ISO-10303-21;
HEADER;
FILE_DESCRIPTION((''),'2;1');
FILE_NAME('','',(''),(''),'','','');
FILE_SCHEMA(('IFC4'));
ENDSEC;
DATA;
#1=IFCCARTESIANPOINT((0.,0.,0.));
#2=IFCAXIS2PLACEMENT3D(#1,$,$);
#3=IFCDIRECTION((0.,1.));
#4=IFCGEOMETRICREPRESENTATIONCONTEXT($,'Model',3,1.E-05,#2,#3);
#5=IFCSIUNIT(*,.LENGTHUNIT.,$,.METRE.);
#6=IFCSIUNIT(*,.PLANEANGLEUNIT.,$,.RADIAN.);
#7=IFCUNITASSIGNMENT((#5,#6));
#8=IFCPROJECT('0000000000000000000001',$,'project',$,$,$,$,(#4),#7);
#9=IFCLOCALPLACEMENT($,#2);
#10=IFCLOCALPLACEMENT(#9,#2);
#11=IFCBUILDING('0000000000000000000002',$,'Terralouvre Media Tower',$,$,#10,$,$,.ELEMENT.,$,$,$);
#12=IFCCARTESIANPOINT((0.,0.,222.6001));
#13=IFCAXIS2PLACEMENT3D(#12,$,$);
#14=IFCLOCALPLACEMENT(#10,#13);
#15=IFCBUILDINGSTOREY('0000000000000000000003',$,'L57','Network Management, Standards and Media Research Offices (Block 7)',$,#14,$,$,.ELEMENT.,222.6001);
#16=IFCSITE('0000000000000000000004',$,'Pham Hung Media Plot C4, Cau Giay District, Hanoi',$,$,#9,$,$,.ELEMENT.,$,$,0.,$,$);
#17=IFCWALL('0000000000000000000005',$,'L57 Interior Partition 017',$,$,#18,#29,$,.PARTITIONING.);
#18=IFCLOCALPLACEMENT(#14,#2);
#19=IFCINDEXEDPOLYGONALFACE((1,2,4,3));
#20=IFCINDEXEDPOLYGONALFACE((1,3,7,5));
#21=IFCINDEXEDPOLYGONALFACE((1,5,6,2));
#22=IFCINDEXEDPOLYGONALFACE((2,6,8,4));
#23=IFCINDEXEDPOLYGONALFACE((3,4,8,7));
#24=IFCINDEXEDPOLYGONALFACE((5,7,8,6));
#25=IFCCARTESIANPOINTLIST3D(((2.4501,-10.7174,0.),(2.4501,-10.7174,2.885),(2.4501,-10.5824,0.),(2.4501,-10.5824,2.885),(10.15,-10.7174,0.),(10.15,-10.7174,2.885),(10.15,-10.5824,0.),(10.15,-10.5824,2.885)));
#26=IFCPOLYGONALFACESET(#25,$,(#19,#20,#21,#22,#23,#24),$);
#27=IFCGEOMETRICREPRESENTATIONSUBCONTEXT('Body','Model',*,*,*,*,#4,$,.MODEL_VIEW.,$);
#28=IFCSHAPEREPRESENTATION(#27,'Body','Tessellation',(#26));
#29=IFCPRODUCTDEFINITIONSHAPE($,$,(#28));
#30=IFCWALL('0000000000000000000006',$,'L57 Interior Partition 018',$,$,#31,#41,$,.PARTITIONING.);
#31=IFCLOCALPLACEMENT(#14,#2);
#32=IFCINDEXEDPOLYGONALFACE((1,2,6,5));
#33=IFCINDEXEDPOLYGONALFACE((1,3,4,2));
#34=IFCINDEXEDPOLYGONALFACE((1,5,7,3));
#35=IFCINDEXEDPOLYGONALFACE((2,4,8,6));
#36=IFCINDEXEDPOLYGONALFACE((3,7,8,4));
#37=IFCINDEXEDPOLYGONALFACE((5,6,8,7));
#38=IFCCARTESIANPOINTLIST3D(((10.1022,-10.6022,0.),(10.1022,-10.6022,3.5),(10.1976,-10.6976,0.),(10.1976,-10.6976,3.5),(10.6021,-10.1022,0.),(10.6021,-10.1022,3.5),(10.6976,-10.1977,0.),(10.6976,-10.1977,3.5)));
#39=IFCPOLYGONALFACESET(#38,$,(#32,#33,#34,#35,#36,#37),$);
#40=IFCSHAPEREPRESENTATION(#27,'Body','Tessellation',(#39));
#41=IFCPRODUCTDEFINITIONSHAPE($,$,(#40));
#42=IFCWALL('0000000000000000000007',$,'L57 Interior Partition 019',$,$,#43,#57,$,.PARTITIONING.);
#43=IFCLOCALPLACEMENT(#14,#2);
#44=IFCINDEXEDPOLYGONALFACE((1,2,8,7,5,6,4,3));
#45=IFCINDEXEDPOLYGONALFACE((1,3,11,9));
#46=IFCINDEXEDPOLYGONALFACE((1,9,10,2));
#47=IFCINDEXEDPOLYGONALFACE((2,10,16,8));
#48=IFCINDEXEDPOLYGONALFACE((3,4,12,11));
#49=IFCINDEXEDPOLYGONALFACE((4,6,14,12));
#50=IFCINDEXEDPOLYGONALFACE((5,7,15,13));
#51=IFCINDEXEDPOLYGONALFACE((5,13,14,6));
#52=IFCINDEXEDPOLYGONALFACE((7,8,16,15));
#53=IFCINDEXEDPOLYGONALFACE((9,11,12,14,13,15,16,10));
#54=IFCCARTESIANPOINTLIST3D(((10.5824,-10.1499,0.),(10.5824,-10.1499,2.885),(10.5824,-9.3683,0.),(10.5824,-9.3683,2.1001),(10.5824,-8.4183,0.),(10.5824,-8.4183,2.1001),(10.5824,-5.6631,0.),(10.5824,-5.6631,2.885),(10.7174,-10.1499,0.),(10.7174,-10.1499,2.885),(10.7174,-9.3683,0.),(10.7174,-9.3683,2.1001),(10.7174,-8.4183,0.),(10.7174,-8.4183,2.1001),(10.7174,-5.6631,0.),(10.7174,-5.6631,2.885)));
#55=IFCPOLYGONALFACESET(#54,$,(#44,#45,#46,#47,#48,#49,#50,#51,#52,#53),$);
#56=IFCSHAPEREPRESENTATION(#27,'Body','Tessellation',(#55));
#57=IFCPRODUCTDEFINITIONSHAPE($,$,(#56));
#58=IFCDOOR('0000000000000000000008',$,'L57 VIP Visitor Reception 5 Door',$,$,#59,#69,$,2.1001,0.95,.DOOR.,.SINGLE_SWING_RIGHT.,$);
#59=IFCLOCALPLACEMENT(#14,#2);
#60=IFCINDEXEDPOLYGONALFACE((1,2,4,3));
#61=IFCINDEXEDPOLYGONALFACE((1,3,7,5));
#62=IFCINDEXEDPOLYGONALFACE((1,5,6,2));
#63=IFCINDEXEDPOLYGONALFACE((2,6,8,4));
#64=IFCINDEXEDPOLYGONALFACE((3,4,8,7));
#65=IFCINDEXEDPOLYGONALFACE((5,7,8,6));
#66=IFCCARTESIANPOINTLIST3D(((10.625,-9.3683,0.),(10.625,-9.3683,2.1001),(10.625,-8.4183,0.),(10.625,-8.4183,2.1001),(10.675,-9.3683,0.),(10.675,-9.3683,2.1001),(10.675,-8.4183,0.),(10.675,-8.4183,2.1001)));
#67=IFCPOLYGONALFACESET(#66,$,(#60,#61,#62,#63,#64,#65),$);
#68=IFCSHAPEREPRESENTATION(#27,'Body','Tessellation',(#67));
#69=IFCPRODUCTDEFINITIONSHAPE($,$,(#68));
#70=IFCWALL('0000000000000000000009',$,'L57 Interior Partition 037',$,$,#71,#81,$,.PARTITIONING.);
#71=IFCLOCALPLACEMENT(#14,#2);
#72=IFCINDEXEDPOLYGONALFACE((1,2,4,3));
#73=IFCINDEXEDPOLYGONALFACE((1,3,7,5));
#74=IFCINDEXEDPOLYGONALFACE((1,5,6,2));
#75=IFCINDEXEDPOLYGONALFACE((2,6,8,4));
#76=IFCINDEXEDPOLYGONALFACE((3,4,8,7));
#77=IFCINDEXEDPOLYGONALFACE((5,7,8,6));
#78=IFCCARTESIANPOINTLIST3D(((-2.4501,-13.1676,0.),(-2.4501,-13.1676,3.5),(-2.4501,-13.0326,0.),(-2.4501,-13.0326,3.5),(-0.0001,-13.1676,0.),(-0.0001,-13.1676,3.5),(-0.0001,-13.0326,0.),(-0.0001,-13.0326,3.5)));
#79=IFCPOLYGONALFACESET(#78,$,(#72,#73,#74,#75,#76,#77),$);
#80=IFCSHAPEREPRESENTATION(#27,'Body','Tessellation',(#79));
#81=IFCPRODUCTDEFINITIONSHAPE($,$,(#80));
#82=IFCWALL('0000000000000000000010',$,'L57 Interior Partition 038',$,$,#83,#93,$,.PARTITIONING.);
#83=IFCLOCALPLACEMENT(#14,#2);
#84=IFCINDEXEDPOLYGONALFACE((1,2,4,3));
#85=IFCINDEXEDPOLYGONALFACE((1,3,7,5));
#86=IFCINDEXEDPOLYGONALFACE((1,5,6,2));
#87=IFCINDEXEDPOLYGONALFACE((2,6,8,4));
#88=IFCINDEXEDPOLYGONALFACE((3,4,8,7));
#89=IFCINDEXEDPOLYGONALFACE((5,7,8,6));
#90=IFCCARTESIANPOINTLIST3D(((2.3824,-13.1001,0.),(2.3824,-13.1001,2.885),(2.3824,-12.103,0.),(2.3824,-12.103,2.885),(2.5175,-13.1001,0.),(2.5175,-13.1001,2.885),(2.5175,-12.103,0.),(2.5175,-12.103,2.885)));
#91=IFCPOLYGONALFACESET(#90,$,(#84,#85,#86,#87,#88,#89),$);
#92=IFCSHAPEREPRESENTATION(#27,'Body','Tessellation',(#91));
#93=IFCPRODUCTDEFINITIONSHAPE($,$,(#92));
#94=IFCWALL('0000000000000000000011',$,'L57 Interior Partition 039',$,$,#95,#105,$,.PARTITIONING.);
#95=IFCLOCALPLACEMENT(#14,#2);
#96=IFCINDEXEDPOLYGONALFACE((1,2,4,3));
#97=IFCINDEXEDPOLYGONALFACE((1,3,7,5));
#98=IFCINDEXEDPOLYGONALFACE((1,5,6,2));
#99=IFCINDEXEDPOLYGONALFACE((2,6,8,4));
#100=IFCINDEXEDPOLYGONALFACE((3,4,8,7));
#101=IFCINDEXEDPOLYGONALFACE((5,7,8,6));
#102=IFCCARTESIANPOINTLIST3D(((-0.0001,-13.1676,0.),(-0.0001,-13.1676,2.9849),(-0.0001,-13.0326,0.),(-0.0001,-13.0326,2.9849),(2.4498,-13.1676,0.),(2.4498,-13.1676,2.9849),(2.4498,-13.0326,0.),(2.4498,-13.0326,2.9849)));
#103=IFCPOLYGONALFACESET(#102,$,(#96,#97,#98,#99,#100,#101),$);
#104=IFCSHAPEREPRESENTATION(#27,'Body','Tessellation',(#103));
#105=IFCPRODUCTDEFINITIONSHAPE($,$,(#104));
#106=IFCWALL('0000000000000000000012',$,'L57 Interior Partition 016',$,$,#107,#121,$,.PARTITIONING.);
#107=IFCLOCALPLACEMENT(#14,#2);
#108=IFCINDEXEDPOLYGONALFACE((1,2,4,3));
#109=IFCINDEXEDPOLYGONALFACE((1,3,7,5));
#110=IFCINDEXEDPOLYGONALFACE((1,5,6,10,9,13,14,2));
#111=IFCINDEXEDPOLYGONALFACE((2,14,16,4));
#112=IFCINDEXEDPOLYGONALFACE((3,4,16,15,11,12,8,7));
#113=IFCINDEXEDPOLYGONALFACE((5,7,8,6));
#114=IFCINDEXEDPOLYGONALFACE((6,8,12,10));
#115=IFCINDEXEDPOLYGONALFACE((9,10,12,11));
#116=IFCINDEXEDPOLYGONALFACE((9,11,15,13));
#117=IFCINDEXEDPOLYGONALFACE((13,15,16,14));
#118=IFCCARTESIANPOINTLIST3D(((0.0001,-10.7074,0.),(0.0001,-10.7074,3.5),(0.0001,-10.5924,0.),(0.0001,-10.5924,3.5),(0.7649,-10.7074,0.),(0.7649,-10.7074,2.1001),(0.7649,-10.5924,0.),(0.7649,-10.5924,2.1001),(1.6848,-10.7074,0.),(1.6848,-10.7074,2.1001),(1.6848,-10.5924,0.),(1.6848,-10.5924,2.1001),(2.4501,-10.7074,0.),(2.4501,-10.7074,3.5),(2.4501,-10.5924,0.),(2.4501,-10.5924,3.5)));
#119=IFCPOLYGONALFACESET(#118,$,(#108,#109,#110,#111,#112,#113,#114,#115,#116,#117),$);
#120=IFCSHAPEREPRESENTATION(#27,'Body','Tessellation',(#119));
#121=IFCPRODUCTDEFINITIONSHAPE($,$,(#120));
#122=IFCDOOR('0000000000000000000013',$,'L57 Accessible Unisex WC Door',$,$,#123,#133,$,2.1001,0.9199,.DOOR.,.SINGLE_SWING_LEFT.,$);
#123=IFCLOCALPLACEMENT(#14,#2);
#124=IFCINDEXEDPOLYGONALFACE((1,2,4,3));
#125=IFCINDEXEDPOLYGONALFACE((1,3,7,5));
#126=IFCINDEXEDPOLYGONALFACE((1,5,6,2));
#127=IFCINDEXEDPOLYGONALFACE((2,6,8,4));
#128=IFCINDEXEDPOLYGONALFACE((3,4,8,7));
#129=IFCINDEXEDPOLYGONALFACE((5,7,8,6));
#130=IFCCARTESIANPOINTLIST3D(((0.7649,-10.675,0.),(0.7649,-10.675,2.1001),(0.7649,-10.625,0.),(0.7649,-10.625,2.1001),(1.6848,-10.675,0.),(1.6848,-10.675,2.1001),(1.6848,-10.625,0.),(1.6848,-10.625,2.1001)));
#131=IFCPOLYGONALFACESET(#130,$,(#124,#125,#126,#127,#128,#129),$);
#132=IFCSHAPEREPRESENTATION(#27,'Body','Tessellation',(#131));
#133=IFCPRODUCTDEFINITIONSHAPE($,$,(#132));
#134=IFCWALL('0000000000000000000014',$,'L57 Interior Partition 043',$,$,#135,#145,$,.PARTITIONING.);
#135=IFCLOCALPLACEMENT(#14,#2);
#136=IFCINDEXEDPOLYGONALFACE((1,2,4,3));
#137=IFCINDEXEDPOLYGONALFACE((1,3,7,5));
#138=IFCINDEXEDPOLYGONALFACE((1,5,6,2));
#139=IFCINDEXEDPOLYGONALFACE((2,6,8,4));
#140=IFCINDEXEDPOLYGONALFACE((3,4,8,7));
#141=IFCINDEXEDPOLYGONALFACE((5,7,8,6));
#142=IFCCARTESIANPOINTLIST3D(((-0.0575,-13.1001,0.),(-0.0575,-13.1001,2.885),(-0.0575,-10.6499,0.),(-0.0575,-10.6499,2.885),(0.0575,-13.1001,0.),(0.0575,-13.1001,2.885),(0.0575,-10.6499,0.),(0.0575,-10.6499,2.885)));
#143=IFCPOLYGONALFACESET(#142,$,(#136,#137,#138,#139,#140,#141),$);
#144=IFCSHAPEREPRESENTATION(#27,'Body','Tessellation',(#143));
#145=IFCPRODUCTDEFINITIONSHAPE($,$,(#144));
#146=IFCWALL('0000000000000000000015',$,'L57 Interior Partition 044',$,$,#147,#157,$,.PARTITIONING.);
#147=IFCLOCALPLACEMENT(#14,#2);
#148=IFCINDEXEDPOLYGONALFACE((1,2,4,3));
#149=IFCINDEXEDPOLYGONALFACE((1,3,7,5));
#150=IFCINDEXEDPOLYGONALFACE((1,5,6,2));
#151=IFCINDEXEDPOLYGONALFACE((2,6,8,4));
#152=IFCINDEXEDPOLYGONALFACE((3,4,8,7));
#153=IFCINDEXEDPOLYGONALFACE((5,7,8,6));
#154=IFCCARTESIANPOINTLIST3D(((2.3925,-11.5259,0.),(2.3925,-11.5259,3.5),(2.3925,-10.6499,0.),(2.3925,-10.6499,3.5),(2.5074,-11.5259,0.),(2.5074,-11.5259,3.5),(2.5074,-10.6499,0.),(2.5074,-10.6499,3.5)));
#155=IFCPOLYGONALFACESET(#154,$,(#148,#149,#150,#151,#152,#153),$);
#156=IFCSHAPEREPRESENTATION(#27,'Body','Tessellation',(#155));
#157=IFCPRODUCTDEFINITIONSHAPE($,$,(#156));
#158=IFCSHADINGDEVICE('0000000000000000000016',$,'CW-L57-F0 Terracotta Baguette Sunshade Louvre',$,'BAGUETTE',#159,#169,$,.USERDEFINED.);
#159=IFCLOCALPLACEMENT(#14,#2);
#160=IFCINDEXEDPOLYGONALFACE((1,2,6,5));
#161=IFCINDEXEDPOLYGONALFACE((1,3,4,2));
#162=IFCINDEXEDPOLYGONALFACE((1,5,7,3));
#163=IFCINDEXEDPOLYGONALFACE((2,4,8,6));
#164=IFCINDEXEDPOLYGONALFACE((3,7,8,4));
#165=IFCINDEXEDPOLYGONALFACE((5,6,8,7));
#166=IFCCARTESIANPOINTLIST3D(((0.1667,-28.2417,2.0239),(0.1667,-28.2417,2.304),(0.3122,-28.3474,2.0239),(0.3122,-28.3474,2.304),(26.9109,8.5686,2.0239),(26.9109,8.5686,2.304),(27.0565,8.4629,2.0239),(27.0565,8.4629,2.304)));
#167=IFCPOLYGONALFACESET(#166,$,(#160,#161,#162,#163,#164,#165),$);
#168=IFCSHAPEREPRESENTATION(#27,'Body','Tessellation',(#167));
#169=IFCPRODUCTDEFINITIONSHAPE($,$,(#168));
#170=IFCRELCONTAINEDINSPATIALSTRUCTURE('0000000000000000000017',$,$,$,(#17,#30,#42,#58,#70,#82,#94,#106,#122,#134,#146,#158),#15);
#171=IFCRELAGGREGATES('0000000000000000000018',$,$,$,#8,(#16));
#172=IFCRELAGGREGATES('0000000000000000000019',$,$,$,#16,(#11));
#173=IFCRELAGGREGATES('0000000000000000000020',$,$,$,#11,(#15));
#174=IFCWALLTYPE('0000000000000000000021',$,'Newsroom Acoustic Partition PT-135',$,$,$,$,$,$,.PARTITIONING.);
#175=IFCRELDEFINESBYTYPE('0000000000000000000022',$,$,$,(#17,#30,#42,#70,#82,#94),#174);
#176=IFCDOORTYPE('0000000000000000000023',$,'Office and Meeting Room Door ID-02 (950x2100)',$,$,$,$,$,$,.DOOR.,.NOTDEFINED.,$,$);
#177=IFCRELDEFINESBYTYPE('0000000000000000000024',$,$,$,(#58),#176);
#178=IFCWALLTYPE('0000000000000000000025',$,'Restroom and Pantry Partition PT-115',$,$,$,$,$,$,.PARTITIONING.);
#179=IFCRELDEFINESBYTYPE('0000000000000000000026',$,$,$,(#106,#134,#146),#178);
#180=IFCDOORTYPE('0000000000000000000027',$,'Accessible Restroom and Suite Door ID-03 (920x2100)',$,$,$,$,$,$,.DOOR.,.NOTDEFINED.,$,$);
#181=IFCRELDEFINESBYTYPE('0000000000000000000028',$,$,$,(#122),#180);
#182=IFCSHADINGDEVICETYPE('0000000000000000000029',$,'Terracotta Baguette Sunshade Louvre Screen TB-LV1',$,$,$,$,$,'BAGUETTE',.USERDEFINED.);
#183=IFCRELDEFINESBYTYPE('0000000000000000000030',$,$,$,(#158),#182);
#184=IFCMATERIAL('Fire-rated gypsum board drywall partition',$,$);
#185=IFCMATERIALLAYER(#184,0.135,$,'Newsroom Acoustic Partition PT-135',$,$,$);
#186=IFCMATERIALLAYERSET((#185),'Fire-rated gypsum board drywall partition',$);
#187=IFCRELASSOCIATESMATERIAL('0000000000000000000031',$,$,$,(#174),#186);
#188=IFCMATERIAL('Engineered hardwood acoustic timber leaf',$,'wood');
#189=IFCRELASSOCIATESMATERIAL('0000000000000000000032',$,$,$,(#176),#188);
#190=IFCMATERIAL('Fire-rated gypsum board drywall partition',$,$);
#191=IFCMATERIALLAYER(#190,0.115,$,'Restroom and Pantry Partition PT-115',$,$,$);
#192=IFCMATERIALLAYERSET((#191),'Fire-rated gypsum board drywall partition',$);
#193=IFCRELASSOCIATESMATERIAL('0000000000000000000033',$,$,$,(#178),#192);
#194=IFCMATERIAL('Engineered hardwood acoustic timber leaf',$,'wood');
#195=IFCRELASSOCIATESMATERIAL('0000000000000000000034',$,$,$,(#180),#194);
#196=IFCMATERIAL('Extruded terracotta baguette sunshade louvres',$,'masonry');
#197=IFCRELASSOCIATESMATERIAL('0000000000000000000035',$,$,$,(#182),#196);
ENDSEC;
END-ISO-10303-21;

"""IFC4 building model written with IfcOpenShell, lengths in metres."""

from ifc_helpers import new_model, si_unit, direction, frame, frame_2d, origin, origin_2d, place, context, subcontext, project, spatial, rectangle, extrude, material, layer, layer_set, type_object, element, fill, save


model = new_model("IFC4")

# Units and contexts
model_context = context("Model", 3, precision=1e-05, world=origin(), true_north=direction((0.0, 1.0)))
body_context = subcontext(model_context, "Body", "Model", "MODEL_VIEW")
ifc_project = project(units=[si_unit("LENGTHUNIT", "METRE"), si_unit("PLANEANGLEUNIT", "RADIAN")], contexts=[model_context])

# Site, building, storey
site_placement = place(None, origin())
site = spatial("IfcSite", under=ifc_project, at=site_placement, Name="Pham Hung Media Plot C4, Cau Giay District, Hanoi", CompositionType="ELEMENT", RefElevation=0.0)
building_placement = place(site_placement, origin())
building = spatial("IfcBuilding", under=site, at=building_placement, Name="Terralouvre Media Tower", CompositionType="ELEMENT")
storey_placement = place(building_placement, frame((0.0, 0.0, 222.6001)))
storey = spatial("IfcBuildingStorey", under=building, at=storey_placement, Name="L57", Description="Network Management, Standards and Media Research Offices (Block 7)", CompositionType="ELEMENT", Elevation=222.6001)

# Walls
ifc_material_1 = material(Name="Fire-rated gypsum board drywall partition")
ifc_layer_1 = layer(ifc_material_1, 0.135, Name="Newsroom Acoustic Partition PT-135")
ifc_layer_set_1 = layer_set([ifc_layer_1], Name="Fire-rated gypsum board drywall partition")
wall_type_1 = type_object("IfcWallType", Name="Newsroom Acoustic Partition PT-135", PredefinedType="PARTITIONING", material=ifc_layer_set_1)
wall_1_placement = place(storey_placement, frame((2.45, -10.6499, 0.0), z_axis=(0.0, 0.0, 1.0), x_axis=(1.0, 0.0, 0.0)))
element("IfcWall", 1, at=wall_1_placement, inside=storey, type_object=wall_type_1, Name="L57 Interior Partition 017", PredefinedType="PARTITIONING", context=body_context, shape_type="SweptSolid", body=[
    extrude(rectangle(XDim=7.7, YDim=0.135, at=frame_2d((3.8501, 0.0))), origin(), (0.0, 0.0, 1.0), 2.885),
])
wall_2_placement = place(storey_placement, frame((10.1499, -10.6499, 0.0), z_axis=(0.0, 0.0, 1.0), x_axis=(0.707107, 0.707107, 0.0)))
element("IfcWall", 2, at=wall_2_placement, inside=storey, type_object=wall_type_1, Name="L57 Interior Partition 018", PredefinedType="PARTITIONING", context=body_context, shape_type="SweptSolid", body=[
    extrude(rectangle(XDim=0.707, YDim=0.135, at=frame_2d((0.3535, 0.0))), origin(), (0.0, 0.0, 1.0), 3.5),
])

# Wall, opening, door
wall_3_placement = place(storey_placement, frame((10.6499, -10.1499, 0.0), z_axis=(0.0, 0.0, 1.0), x_axis=(0.0, 1.0, 0.0)))
wall_3 = element("IfcWall", 3, at=wall_3_placement, inside=storey, type_object=wall_type_1, Name="L57 Interior Partition 019", PredefinedType="PARTITIONING", context=body_context, shape_type="SweptSolid", body=[
    extrude(rectangle(XDim=4.4868, YDim=0.135, at=frame_2d((2.2434, 0.0))), origin(), (0.0, 0.0, 1.0), 2.885),
])
opening_1_placement = place(wall_3_placement, frame((0.7815, 0.0, 0.0)))
opening_1 = element("IfcOpeningElement", 4, at=opening_1_placement, cuts=wall_3, PredefinedType="OPENING", context=body_context, shape_type="SweptSolid", body=[
    extrude(rectangle(XDim=0.95, YDim=2.1001, at=frame_2d((0.4751, 1.05))), frame((0.0, 0.0774, 0.0), z_axis=(0.0, -1.0, 0.0), x_axis=(1.0, 0.0, 0.0)), (0.0, 0.0, 1.0), 0.155),
])
ifc_material_2 = material(Name="Engineered hardwood acoustic timber leaf", Category="wood")
door_type_1 = type_object("IfcDoorType", Name="Office and Meeting Room Door ID-02 (950x2100)", OperationType="NOTDEFINED", PredefinedType="DOOR", material=ifc_material_2)
door_1_placement = place(opening_1_placement, origin())
door_1 = element("IfcDoor", 5, at=door_1_placement, inside=storey, type_object=door_type_1, Name="L57 VIP Visitor Reception 5 Door", OperationType="SINGLE_SWING_RIGHT", OverallHeight=2.1001, OverallWidth=0.95, PredefinedType="DOOR", context=body_context, shape_type="SweptSolid", body=[
    extrude(rectangle(XDim=0.95, YDim=2.1001, at=frame_2d((0.4751, 1.05))), frame((0.0, 0.0249, 0.0), z_axis=(0.0, -1.0, 0.0), x_axis=(1.0, 0.0, 0.0)), (0.0, 0.0, 1.0), 0.05),
])
fill(opening_1, door_1)

# Walls
wall_4_placement = place(storey_placement, frame((0.0, -13.1001, 0.0), z_axis=(0.0, 0.0, 1.0), x_axis=(-1.0, 0.0, 0.0)))
element("IfcWall", 6, at=wall_4_placement, inside=storey, type_object=wall_type_1, Name="L57 Interior Partition 037", PredefinedType="PARTITIONING", context=body_context, shape_type="SweptSolid", body=[
    extrude(rectangle(XDim=2.45, YDim=0.135, at=frame_2d((1.2251, 0.0))), origin(), (0.0, 0.0, 1.0), 3.5),
])
wall_5_placement = place(storey_placement, frame((2.45, -12.103, 0.0), z_axis=(0.0, 0.0, 1.0), x_axis=(0.0, -1.0, 0.0)))
element("IfcWall", 7, at=wall_5_placement, inside=storey, type_object=wall_type_1, Name="L57 Interior Partition 038", PredefinedType="PARTITIONING", context=body_context, shape_type="SweptSolid", body=[
    extrude(rectangle(XDim=0.9971, YDim=0.135, at=frame_2d((0.4985, 0.0))), origin(), (0.0, 0.0, 1.0), 2.885),
])
wall_6_placement = place(storey_placement, frame((2.45, -13.1001, 0.0), z_axis=(0.0, 0.0, 1.0), x_axis=(-1.0, 0.0, 0.0)))
element("IfcWall", 8, at=wall_6_placement, inside=storey, type_object=wall_type_1, Name="L57 Interior Partition 039", PredefinedType="PARTITIONING", context=body_context, shape_type="SweptSolid", body=[
    extrude(rectangle(XDim=2.45, YDim=0.135, at=frame_2d((1.2251, 0.0))), origin(), (0.0, 0.0, 1.0), 2.9849),
])

# Wall, opening, door
ifc_material_3 = material(Name="Fire-rated gypsum board drywall partition")
ifc_layer_2 = layer(ifc_material_3, 0.115, Name="Restroom and Pantry Partition PT-115")
ifc_layer_set_2 = layer_set([ifc_layer_2], Name="Fire-rated gypsum board drywall partition")
wall_type_2 = type_object("IfcWallType", Name="Restroom and Pantry Partition PT-115", PredefinedType="PARTITIONING", material=ifc_layer_set_2)
wall_7_placement = place(storey_placement, frame((0.0, -10.6499, 0.0), z_axis=(0.0, 0.0, 1.0), x_axis=(1.0, 0.0, 0.0)))
wall_7 = element("IfcWall", 9, at=wall_7_placement, inside=storey, type_object=wall_type_2, Name="L57 Interior Partition 016", PredefinedType="PARTITIONING", context=body_context, shape_type="SweptSolid", body=[
    extrude(rectangle(XDim=2.45, YDim=0.115, at=frame_2d((1.2251, 0.0))), origin(), (0.0, 0.0, 1.0), 3.5),
])
opening_2_placement = place(wall_7_placement, frame((0.7649, 0.0, 0.0)))
opening_2 = element("IfcOpeningElement", 10, at=opening_2_placement, cuts=wall_7, PredefinedType="OPENING", context=body_context, shape_type="SweptSolid", body=[
    extrude(rectangle(XDim=0.9199, YDim=2.1001, at=frame_2d((0.46, 1.05))), frame((0.0, 0.0674, 0.0), z_axis=(0.0, -1.0, 0.0), x_axis=(1.0, 0.0, 0.0)), (0.0, 0.0, 1.0), 0.135),
])
ifc_material_4 = material(Name="Engineered hardwood acoustic timber leaf", Category="wood")
door_type_2 = type_object("IfcDoorType", Name="Accessible Restroom and Suite Door ID-03 (920x2100)", OperationType="NOTDEFINED", PredefinedType="DOOR", material=ifc_material_4)
door_2_placement = place(opening_2_placement, origin())
door_2 = element("IfcDoor", 11, at=door_2_placement, inside=storey, type_object=door_type_2, Name="L57 Accessible Unisex WC Door", OperationType="SINGLE_SWING_LEFT", OverallHeight=2.1001, OverallWidth=0.9199, PredefinedType="DOOR", context=body_context, shape_type="SweptSolid", body=[
    extrude(rectangle(XDim=0.9199, YDim=2.1001, at=frame_2d((0.46, 1.05))), frame((0.0, 0.0249, 0.0), z_axis=(0.0, -1.0, 0.0), x_axis=(1.0, 0.0, 0.0)), (0.0, 0.0, 1.0), 0.05),
])
fill(opening_2, door_2)

# Walls
wall_8_placement = place(storey_placement, frame((0.0, -13.1001, 0.0), z_axis=(0.0, 0.0, 1.0), x_axis=(0.0, 1.0, 0.0)))
element("IfcWall", 12, at=wall_8_placement, inside=storey, type_object=wall_type_2, Name="L57 Interior Partition 043", PredefinedType="PARTITIONING", context=body_context, shape_type="SweptSolid", body=[
    extrude(rectangle(XDim=2.4502, YDim=0.115, at=frame_2d((1.2251, 0.0))), origin(), (0.0, 0.0, 1.0), 2.885),
])
wall_9_placement = place(storey_placement, frame((2.45, -11.5259, 0.0), z_axis=(0.0, 0.0, 1.0), x_axis=(0.0, 1.0, 0.0)))
element("IfcWall", 13, at=wall_9_placement, inside=storey, type_object=wall_type_2, Name="L57 Interior Partition 044", PredefinedType="PARTITIONING", context=body_context, shape_type="SweptSolid", body=[
    extrude(rectangle(XDim=0.876, YDim=0.115, at=frame_2d((0.438, 0.0))), origin(), (0.0, 0.0, 1.0), 3.5),
])

# Shading device
ifc_material_5 = material(Name="Extruded terracotta baguette sunshade louvres", Category="masonry")
shading_device_type = type_object("IfcShadingDeviceType", Name="Terracotta Baguette Sunshade Louvre Screen TB-LV1", ElementType="BAGUETTE", PredefinedType="USERDEFINED", material=ifc_material_5)
shading_device_placement = place(storey_placement, frame((13.6116, -9.8894, 2.0239), z_axis=(0.0, 0.0, 1.0), x_axis=(0.587785, 0.809017, 0.0)))
element("IfcShadingDevice", 14, at=shading_device_placement, inside=storey, type_object=shading_device_type, Name="CW-L57-F0 Terracotta Baguette Sunshade Louvre", ObjectType="BAGUETTE", PredefinedType="USERDEFINED", context=body_context, shape_type="SweptSolid", body=[
    extrude(rectangle(XDim=45.5, YDim=0.1799, at=origin_2d()), origin(), (0.0, 0.0, 1.0), 0.28),
])

save(model, "model.ifc")
